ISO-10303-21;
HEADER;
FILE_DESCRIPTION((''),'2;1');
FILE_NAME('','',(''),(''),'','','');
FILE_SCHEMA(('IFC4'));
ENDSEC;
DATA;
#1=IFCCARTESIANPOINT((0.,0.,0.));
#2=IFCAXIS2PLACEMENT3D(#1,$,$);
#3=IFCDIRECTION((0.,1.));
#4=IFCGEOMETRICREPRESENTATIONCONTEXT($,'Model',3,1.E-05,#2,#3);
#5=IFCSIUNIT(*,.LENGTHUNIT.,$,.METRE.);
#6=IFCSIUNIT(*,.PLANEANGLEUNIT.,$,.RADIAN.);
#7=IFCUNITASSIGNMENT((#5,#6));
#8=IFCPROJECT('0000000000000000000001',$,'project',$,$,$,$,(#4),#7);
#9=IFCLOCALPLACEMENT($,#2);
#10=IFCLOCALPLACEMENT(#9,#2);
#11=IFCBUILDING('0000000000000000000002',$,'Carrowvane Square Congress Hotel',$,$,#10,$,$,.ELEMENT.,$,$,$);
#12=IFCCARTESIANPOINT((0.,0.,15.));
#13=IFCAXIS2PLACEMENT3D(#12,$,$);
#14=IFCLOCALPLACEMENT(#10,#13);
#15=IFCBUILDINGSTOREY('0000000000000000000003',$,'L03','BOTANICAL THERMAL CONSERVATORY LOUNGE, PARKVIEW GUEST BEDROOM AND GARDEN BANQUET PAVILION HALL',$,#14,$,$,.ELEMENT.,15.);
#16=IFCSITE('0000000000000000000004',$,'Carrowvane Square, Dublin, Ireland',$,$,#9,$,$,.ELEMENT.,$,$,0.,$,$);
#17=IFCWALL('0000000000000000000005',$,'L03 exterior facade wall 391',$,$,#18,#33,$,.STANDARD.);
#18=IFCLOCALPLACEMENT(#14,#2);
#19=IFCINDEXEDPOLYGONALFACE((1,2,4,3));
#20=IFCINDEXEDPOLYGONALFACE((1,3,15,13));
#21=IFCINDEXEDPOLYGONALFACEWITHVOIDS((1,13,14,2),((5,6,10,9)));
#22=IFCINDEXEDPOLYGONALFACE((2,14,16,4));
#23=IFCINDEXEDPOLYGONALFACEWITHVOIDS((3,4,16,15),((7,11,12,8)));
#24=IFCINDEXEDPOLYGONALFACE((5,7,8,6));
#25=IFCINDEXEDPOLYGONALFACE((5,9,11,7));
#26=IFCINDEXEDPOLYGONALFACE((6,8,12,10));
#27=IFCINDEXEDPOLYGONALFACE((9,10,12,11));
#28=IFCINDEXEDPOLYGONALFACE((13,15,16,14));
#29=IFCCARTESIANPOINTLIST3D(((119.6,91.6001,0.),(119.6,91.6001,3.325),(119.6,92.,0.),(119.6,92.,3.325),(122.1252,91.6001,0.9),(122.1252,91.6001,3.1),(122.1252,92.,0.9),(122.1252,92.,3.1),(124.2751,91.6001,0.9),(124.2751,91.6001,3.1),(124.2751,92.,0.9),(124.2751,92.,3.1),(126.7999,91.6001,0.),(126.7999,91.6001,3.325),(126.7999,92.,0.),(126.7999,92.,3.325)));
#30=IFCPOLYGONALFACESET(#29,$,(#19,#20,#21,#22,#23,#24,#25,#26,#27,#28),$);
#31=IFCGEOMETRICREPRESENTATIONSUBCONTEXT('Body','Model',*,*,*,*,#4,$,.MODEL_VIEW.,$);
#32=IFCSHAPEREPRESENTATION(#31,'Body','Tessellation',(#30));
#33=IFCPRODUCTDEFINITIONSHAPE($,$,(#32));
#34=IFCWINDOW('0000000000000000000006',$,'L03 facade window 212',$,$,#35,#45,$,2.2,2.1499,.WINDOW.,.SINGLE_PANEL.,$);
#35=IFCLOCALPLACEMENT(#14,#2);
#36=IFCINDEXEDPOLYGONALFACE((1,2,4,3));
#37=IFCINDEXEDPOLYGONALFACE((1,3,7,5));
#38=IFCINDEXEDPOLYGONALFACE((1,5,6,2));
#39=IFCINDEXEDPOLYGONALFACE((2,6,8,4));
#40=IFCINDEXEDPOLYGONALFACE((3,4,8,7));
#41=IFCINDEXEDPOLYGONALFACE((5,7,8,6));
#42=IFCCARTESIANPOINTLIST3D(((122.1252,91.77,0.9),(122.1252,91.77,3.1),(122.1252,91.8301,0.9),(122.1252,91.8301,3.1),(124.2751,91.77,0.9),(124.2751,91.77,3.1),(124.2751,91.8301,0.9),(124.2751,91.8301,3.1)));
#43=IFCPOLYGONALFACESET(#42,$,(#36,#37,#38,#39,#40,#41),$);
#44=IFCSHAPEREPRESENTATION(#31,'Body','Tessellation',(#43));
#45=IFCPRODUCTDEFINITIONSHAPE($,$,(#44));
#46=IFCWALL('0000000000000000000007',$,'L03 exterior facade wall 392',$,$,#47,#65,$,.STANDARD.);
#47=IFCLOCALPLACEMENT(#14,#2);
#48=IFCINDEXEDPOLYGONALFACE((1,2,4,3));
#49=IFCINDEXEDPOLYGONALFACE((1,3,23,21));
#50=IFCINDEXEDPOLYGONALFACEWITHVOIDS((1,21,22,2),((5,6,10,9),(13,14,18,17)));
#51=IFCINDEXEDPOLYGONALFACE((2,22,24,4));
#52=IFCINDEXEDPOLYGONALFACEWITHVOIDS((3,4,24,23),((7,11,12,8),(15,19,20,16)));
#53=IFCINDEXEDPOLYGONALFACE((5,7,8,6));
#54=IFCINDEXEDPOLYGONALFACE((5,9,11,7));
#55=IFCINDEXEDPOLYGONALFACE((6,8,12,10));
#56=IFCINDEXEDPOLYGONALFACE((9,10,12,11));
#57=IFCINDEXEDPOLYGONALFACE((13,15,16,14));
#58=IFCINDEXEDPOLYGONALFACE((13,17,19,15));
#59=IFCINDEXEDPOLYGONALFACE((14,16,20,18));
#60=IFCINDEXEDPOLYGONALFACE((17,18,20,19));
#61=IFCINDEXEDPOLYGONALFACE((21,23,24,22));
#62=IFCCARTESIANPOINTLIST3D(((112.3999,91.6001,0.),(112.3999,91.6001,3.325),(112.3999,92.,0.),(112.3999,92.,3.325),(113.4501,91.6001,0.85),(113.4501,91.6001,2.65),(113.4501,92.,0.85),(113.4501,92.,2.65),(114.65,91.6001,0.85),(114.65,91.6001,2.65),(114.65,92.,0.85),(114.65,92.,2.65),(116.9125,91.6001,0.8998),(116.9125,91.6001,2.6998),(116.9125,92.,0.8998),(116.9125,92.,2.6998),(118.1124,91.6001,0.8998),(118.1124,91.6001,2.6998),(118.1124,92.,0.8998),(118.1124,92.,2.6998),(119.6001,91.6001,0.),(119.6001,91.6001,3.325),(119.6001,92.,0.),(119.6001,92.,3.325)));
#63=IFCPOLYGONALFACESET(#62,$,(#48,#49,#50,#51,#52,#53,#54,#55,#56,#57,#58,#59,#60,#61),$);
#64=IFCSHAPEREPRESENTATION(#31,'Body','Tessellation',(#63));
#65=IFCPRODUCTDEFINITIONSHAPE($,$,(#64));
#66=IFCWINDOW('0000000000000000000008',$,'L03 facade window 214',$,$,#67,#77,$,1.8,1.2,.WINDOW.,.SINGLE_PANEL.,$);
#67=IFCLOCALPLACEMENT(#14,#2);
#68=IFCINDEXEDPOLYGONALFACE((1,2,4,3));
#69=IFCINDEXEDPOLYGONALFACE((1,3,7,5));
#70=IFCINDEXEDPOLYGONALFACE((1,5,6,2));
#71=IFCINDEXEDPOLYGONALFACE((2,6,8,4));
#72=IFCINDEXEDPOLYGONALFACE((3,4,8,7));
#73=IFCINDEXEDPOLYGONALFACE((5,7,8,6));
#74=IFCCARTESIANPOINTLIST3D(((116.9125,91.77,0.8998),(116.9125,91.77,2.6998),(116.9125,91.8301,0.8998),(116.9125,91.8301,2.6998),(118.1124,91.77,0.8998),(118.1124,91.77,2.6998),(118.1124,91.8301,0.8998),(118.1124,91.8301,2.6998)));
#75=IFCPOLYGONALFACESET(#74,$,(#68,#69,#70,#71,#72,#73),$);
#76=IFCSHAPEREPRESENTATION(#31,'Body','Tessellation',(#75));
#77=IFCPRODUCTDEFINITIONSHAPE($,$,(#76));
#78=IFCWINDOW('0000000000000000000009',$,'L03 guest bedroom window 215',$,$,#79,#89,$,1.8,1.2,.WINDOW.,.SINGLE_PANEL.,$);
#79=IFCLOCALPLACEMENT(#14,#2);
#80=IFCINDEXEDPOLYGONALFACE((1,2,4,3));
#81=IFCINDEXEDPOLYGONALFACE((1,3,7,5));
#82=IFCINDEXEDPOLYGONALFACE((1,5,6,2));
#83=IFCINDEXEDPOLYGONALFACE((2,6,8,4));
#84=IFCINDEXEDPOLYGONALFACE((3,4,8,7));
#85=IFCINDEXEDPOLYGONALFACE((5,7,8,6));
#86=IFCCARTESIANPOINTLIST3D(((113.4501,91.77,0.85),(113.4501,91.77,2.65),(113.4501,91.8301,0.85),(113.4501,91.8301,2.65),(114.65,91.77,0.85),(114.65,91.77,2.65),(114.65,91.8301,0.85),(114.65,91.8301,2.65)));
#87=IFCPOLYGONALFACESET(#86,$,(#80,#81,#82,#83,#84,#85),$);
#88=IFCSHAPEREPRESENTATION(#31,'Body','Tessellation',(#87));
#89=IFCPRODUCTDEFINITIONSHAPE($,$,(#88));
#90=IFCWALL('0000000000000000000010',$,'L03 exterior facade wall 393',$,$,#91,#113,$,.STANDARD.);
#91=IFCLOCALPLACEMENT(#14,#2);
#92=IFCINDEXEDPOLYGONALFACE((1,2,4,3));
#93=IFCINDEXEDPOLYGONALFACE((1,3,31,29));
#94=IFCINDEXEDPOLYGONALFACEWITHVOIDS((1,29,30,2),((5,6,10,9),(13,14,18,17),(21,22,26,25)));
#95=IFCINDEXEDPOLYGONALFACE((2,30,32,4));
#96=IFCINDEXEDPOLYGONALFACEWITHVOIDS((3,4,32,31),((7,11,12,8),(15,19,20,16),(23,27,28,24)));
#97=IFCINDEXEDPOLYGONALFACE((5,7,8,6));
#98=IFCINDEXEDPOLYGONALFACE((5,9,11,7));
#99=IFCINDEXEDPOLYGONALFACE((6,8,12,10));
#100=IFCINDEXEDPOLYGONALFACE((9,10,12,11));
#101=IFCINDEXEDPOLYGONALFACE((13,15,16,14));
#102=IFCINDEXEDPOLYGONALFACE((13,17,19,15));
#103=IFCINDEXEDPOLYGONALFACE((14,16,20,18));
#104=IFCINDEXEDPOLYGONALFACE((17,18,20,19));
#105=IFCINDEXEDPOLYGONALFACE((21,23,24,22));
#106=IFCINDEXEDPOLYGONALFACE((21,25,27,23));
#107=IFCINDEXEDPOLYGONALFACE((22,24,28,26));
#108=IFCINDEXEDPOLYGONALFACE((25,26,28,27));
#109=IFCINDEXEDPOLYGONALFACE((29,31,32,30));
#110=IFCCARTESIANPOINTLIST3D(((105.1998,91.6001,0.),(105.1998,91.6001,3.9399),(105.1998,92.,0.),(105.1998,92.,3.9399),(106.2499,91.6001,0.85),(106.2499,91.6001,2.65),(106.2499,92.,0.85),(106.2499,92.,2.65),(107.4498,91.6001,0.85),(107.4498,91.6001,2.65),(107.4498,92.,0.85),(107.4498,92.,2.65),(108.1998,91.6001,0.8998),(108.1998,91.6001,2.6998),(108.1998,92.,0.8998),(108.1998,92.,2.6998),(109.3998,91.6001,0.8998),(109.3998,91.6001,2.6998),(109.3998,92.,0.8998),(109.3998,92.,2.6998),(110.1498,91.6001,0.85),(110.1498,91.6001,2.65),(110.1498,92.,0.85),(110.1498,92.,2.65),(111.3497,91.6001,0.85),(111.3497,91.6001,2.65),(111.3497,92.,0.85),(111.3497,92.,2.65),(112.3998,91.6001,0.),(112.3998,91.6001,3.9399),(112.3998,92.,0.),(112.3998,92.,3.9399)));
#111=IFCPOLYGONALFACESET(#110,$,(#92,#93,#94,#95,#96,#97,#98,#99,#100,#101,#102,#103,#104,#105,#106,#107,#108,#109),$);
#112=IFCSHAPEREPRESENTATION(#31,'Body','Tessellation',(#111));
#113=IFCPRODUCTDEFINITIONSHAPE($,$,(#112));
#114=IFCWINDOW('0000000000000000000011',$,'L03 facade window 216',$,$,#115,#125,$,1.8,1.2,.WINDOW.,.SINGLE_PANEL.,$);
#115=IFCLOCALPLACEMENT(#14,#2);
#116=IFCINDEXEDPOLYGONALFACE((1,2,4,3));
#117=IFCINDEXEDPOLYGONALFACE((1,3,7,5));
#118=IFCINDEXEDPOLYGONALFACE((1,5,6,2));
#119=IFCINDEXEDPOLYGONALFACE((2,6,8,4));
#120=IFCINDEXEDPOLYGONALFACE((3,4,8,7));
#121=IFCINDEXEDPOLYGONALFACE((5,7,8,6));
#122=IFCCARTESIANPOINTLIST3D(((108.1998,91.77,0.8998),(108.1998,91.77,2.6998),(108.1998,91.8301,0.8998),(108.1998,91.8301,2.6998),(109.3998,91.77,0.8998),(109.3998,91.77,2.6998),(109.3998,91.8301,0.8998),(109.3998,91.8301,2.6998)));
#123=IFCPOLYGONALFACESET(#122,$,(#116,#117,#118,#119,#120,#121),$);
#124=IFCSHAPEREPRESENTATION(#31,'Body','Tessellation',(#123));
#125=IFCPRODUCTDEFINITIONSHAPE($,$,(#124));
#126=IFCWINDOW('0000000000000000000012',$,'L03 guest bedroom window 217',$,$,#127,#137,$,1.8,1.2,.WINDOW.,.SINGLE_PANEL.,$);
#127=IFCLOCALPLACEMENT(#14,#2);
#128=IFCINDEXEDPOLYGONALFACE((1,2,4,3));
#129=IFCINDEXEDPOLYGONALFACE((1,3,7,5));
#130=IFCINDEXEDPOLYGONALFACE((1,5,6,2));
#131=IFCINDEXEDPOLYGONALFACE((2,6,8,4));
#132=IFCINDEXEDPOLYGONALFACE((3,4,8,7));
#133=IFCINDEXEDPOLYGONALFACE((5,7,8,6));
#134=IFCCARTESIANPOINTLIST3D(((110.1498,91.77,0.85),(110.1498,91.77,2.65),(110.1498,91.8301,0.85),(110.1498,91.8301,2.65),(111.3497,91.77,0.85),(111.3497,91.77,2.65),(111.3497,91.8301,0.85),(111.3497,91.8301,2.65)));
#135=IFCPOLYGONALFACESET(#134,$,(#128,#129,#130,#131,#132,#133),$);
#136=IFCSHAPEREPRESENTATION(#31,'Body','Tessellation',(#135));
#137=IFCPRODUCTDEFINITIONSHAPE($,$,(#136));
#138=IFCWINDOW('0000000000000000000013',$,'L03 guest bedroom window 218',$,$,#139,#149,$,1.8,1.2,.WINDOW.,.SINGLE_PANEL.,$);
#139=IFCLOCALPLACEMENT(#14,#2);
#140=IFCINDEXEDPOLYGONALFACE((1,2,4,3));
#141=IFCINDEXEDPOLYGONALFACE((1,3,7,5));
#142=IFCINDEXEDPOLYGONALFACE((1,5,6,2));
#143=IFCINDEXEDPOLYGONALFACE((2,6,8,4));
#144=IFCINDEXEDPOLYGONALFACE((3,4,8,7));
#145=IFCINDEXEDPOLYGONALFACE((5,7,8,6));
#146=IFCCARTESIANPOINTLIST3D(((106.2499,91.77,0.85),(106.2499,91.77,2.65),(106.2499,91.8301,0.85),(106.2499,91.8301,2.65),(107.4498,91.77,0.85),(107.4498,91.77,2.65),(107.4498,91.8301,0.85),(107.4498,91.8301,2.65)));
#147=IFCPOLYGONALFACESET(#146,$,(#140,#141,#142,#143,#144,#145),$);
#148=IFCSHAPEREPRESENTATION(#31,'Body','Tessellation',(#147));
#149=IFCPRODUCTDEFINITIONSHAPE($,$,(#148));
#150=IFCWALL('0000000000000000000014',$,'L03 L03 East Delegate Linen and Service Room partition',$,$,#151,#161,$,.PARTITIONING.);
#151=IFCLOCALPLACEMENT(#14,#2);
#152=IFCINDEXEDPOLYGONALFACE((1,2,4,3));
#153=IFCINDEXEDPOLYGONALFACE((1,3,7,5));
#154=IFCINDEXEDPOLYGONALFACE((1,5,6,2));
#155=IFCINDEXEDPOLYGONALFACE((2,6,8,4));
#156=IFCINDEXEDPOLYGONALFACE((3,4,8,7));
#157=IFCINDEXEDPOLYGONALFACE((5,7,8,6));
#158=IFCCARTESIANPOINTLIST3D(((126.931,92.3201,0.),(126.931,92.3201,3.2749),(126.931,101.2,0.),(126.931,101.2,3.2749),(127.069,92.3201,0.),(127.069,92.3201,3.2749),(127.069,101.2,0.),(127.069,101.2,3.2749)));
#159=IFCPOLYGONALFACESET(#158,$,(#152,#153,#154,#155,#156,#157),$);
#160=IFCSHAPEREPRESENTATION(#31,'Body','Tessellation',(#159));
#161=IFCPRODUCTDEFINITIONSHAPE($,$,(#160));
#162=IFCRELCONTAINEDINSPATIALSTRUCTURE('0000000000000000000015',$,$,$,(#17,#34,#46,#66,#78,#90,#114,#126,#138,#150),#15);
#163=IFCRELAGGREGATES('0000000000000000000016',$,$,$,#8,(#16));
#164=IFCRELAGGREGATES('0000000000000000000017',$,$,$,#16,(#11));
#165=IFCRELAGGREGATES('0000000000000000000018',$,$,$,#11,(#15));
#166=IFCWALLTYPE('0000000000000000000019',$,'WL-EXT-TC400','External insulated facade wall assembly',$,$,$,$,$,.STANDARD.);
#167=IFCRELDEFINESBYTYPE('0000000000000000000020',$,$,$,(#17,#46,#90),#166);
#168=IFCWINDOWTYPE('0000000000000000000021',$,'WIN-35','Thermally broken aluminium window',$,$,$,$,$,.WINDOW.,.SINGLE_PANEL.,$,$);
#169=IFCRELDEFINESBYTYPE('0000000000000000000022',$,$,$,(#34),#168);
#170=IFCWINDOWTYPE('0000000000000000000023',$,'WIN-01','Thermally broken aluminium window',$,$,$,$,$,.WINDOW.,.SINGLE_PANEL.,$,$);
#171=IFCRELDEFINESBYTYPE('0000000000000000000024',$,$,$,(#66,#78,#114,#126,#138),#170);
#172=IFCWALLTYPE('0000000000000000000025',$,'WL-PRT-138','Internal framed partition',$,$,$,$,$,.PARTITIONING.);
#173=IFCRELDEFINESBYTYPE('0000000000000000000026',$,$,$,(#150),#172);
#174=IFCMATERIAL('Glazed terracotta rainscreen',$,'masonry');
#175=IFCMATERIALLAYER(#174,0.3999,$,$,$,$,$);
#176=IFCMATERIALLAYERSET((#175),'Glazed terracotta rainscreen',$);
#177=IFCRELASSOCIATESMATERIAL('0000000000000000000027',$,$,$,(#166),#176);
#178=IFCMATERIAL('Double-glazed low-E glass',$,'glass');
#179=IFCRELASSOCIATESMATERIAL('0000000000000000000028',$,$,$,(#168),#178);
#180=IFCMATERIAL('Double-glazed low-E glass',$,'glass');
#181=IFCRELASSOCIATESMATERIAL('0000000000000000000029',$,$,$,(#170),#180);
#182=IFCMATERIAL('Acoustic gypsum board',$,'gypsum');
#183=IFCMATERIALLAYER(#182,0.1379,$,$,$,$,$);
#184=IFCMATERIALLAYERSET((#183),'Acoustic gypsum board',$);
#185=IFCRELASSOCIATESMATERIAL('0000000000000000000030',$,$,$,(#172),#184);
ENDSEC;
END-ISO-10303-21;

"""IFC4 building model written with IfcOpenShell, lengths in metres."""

from ifc_helpers import new_model, si_unit, direction, frame, frame_2d, origin, place, context, subcontext, project, spatial, rectangle, extrude, material, layer, layer_set, type_object, element, fill, save


model = new_model("IFC4")

# Units and contexts
model_context = context("Model", 3, precision=1e-05, world=origin(), true_north=direction((0.0, 1.0)))
body_context = subcontext(model_context, "Body", "Model", "MODEL_VIEW")
ifc_project = project(units=[si_unit("LENGTHUNIT", "METRE"), si_unit("PLANEANGLEUNIT", "RADIAN")], contexts=[model_context])

# Site, building, storey
site_placement = place(None, origin())
site = spatial("IfcSite", under=ifc_project, at=site_placement, Name="Carrowvane Square, Dublin, Ireland", CompositionType="ELEMENT", RefElevation=0.0)
building_placement = place(site_placement, origin())
building = spatial("IfcBuilding", under=site, at=building_placement, Name="Carrowvane Square Congress Hotel", CompositionType="ELEMENT")
storey_placement = place(building_placement, frame((0.0, 0.0, 15.0)))
storey = spatial("IfcBuildingStorey", under=building, at=storey_placement, Name="L03", Description="BOTANICAL THERMAL CONSERVATORY LOUNGE, PARKVIEW GUEST BEDROOM AND GARDEN BANQUET PAVILION HALL", CompositionType="ELEMENT", Elevation=15.0)

# Wall, opening, window
ifc_material_1 = material(Name="Glazed terracotta rainscreen", Category="masonry")
ifc_layer_1 = layer(ifc_material_1, 0.3999)
ifc_layer_set_1 = layer_set([ifc_layer_1], Name="Glazed terracotta rainscreen")
wall_type_1 = type_object("IfcWallType", Name="WL-EXT-TC400", Description="External insulated facade wall assembly", PredefinedType="STANDARD", material=ifc_layer_set_1)
wall_1_placement = place(storey_placement, frame((126.8, 91.8, 0.0), z_axis=(0.0, 0.0, 1.0), x_axis=(-1.0, 0.0, 0.0)))
wall_1 = element("IfcWall", 1, at=wall_1_placement, inside=storey, type_object=wall_type_1, Name="L03 exterior facade wall 391", PredefinedType="STANDARD", context=body_context, shape_type="SweptSolid", body=[
    extrude(rectangle(XDim=7.2, YDim=0.3999, at=frame_2d((3.6001, 0.0))), origin(), (0.0, 0.0, 1.0), 3.325),
])
opening_1_placement = place(wall_1_placement, frame((2.5249, 0.0, 0.8999)))
opening_1 = element("IfcOpeningElement", 2, at=opening_1_placement, cuts=wall_1, PredefinedType="OPENING", context=body_context, shape_type="SweptSolid", body=[
    extrude(rectangle(XDim=2.1499, YDim=2.2, at=frame_2d((1.075, 1.1001))), frame((0.0, 0.21, 0.0), z_axis=(0.0, -1.0, 0.0), x_axis=(1.0, 0.0, 0.0)), (0.0, 0.0, 1.0), 0.4199),
])
ifc_material_2 = material(Name="Double-glazed low-E glass", Category="glass")
window_type_1 = type_object("IfcWindowType", Name="WIN-35", Description="Thermally broken aluminium window", PartitioningType="SINGLE_PANEL", PredefinedType="WINDOW", material=ifc_material_2)
window_1_placement = place(opening_1_placement, origin())
window_1 = element("IfcWindow", 3, at=window_1_placement, inside=storey, type_object=window_type_1, Name="L03 facade window 212", OverallHeight=2.2, OverallWidth=2.1499, PartitioningType="SINGLE_PANEL", PredefinedType="WINDOW", context=body_context, shape_type="SweptSolid", body=[
    extrude(rectangle(XDim=2.1499, YDim=2.2, at=frame_2d((1.075, 1.1001))), frame((0.0, 0.03, 0.0), z_axis=(0.0, -1.0, 0.0), x_axis=(1.0, 0.0, 0.0)), (0.0, 0.0, 1.0), 0.0601),
])
fill(opening_1, window_1)

# Walls, openings, windows
wall_2_placement = place(storey_placement, frame((119.6001, 91.8, 0.0), z_axis=(0.0, 0.0, 1.0), x_axis=(-1.0, 0.0, 0.0)))
wall_2 = element("IfcWall", 4, at=wall_2_placement, inside=storey, type_object=wall_type_1, Name="L03 exterior facade wall 392", PredefinedType="STANDARD", context=body_context, shape_type="SweptSolid", body=[
    extrude(rectangle(XDim=7.2002, YDim=0.3999, at=frame_2d((3.6001, 0.0))), origin(), (0.0, 0.0, 1.0), 3.325),
])
opening_2_placement = place(wall_2_placement, frame((1.4875, 0.0, 0.8999)))
opening_2 = element("IfcOpeningElement", 5, at=opening_2_placement, cuts=wall_2, PredefinedType="OPENING", context=body_context, shape_type="SweptSolid", body=[
    extrude(rectangle(XDim=1.2, YDim=1.8, at=frame_2d((0.6001, 0.8999))), frame((0.0, 0.21, 0.0), z_axis=(0.0, -1.0, 0.0), x_axis=(1.0, 0.0, 0.0)), (0.0, 0.0, 1.0), 0.4199),
])
opening_3_placement = place(wall_2_placement, frame((4.95, 0.0, 0.8501)))
opening_3 = element("IfcOpeningElement", 6, at=opening_3_placement, cuts=wall_2, PredefinedType="OPENING", context=body_context, shape_type="SweptSolid", body=[
    extrude(rectangle(XDim=1.2, YDim=1.8, at=frame_2d((0.6001, 0.8999))), frame((0.0, 0.21, 0.0), z_axis=(0.0, -1.0, 0.0), x_axis=(1.0, 0.0, 0.0)), (0.0, 0.0, 1.0), 0.4199),
])
ifc_material_3 = material(Name="Double-glazed low-E glass", Category="glass")
window_type_2 = type_object("IfcWindowType", Name="WIN-01", Description="Thermally broken aluminium window", PartitioningType="SINGLE_PANEL", PredefinedType="WINDOW", material=ifc_material_3)
window_2_placement = place(opening_2_placement, origin())
window_2 = element("IfcWindow", 7, at=window_2_placement, inside=storey, type_object=window_type_2, Name="L03 facade window 214", OverallHeight=1.8, OverallWidth=1.2, PartitioningType="SINGLE_PANEL", PredefinedType="WINDOW", context=body_context, shape_type="SweptSolid", body=[
    extrude(rectangle(XDim=1.2, YDim=1.8, at=frame_2d((0.6001, 0.8999))), frame((0.0, 0.03, 0.0), z_axis=(0.0, -1.0, 0.0), x_axis=(1.0, 0.0, 0.0)), (0.0, 0.0, 1.0), 0.0601),
])
fill(opening_2, window_2)
window_3_placement = place(opening_3_placement, origin())
window_3 = element("IfcWindow", 8, at=window_3_placement, inside=storey, type_object=window_type_2, Name="L03 guest bedroom window 215", OverallHeight=1.8, OverallWidth=1.2, PartitioningType="SINGLE_PANEL", PredefinedType="WINDOW", context=body_context, shape_type="SweptSolid", body=[
    extrude(rectangle(XDim=1.2, YDim=1.8, at=frame_2d((0.6001, 0.8999))), frame((0.0, 0.03, 0.0), z_axis=(0.0, -1.0, 0.0), x_axis=(1.0, 0.0, 0.0)), (0.0, 0.0, 1.0), 0.0601),
])
fill(opening_3, window_3)
wall_3_placement = place(storey_placement, frame((112.3999, 91.8, 0.0), z_axis=(0.0, 0.0, 1.0), x_axis=(-1.0, 0.0, 0.0)))
wall_3 = element("IfcWall", 9, at=wall_3_placement, inside=storey, type_object=wall_type_1, Name="L03 exterior facade wall 393", PredefinedType="STANDARD", context=body_context, shape_type="SweptSolid", body=[
    extrude(rectangle(XDim=7.2, YDim=0.3999, at=frame_2d((3.6001, 0.0))), origin(), (0.0, 0.0, 1.0), 3.9399),
])
opening_4_placement = place(wall_3_placement, frame((3.0, 0.0, 0.8999)))
opening_4 = element("IfcOpeningElement", 10, at=opening_4_placement, cuts=wall_3, PredefinedType="OPENING", context=body_context, shape_type="SweptSolid", body=[
    extrude(rectangle(XDim=1.2, YDim=1.8, at=frame_2d((0.6001, 0.8999))), frame((0.0, 0.21, 0.0), z_axis=(0.0, -1.0, 0.0), x_axis=(1.0, 0.0, 0.0)), (0.0, 0.0, 1.0), 0.4199),
])
opening_5_placement = place(wall_3_placement, frame((1.05, 0.0, 0.8501)))
opening_5 = element("IfcOpeningElement", 11, at=opening_5_placement, cuts=wall_3, PredefinedType="OPENING", context=body_context, shape_type="SweptSolid", body=[
    extrude(rectangle(XDim=1.2, YDim=1.8, at=frame_2d((0.6001, 0.8999))), frame((0.0, 0.21, 0.0), z_axis=(0.0, -1.0, 0.0), x_axis=(1.0, 0.0, 0.0)), (0.0, 0.0, 1.0), 0.4199),
])
opening_6_placement = place(wall_3_placement, frame((4.95, 0.0, 0.8501)))
opening_6 = element("IfcOpeningElement", 12, at=opening_6_placement, cuts=wall_3, PredefinedType="OPENING", context=body_context, shape_type="SweptSolid", body=[
    extrude(rectangle(XDim=1.2, YDim=1.8, at=frame_2d((0.6001, 0.8999))), frame((0.0, 0.21, 0.0), z_axis=(0.0, -1.0, 0.0), x_axis=(1.0, 0.0, 0.0)), (0.0, 0.0, 1.0), 0.4199),
])
window_4_placement = place(opening_4_placement, origin())
window_4 = element("IfcWindow", 13, at=window_4_placement, inside=storey, type_object=window_type_2, Name="L03 facade window 216", OverallHeight=1.8, OverallWidth=1.2, PartitioningType="SINGLE_PANEL", PredefinedType="WINDOW", context=body_context, shape_type="SweptSolid", body=[
    extrude(rectangle(XDim=1.2, YDim=1.8, at=frame_2d((0.6001, 0.8999))), frame((0.0, 0.03, 0.0), z_axis=(0.0, -1.0, 0.0), x_axis=(1.0, 0.0, 0.0)), (0.0, 0.0, 1.0), 0.0601),
])
fill(opening_4, window_4)
window_5_placement = place(opening_5_placement, origin())
window_5 = element("IfcWindow", 14, at=window_5_placement, inside=storey, type_object=window_type_2, Name="L03 guest bedroom window 217", OverallHeight=1.8, OverallWidth=1.2, PartitioningType="SINGLE_PANEL", PredefinedType="WINDOW", context=body_context, shape_type="SweptSolid", body=[
    extrude(rectangle(XDim=1.2, YDim=1.8, at=frame_2d((0.6001, 0.8999))), frame((0.0, 0.03, 0.0), z_axis=(0.0, -1.0, 0.0), x_axis=(1.0, 0.0, 0.0)), (0.0, 0.0, 1.0), 0.0601),
])
fill(opening_5, window_5)
window_6_placement = place(opening_6_placement, origin())
window_6 = element("IfcWindow", 15, at=window_6_placement, inside=storey, type_object=window_type_2, Name="L03 guest bedroom window 218", OverallHeight=1.8, OverallWidth=1.2, PartitioningType="SINGLE_PANEL", PredefinedType="WINDOW", context=body_context, shape_type="SweptSolid", body=[
    extrude(rectangle(XDim=1.2, YDim=1.8, at=frame_2d((0.6001, 0.8999))), frame((0.0, 0.03, 0.0), z_axis=(0.0, -1.0, 0.0), x_axis=(1.0, 0.0, 0.0)), (0.0, 0.0, 1.0), 0.0601),
])
fill(opening_6, window_6)

# Wall
ifc_material_4 = material(Name="Acoustic gypsum board", Category="gypsum")
ifc_layer_2 = layer(ifc_material_4, 0.1379)
ifc_layer_set_2 = layer_set([ifc_layer_2], Name="Acoustic gypsum board")
wall_type_2 = type_object("IfcWallType", Name="WL-PRT-138", Description="Internal framed partition", PredefinedType="PARTITIONING", material=ifc_layer_set_2)
wall_4_placement = place(storey_placement, frame((127.0, 92.3201, 0.0), z_axis=(0.0, 0.0, 1.0), x_axis=(0.0, 1.0, 0.0)))
element("IfcWall", 16, at=wall_4_placement, inside=storey, type_object=wall_type_2, Name="L03 L03 East Delegate Linen and Service Room partition", PredefinedType="PARTITIONING", context=body_context, shape_type="SweptSolid", body=[
    extrude(rectangle(XDim=8.8799, YDim=0.1379, at=frame_2d((4.4399, 0.0))), origin(), (0.0, 0.0, 1.0), 3.2749),
])

save(model, "model.ifc")
